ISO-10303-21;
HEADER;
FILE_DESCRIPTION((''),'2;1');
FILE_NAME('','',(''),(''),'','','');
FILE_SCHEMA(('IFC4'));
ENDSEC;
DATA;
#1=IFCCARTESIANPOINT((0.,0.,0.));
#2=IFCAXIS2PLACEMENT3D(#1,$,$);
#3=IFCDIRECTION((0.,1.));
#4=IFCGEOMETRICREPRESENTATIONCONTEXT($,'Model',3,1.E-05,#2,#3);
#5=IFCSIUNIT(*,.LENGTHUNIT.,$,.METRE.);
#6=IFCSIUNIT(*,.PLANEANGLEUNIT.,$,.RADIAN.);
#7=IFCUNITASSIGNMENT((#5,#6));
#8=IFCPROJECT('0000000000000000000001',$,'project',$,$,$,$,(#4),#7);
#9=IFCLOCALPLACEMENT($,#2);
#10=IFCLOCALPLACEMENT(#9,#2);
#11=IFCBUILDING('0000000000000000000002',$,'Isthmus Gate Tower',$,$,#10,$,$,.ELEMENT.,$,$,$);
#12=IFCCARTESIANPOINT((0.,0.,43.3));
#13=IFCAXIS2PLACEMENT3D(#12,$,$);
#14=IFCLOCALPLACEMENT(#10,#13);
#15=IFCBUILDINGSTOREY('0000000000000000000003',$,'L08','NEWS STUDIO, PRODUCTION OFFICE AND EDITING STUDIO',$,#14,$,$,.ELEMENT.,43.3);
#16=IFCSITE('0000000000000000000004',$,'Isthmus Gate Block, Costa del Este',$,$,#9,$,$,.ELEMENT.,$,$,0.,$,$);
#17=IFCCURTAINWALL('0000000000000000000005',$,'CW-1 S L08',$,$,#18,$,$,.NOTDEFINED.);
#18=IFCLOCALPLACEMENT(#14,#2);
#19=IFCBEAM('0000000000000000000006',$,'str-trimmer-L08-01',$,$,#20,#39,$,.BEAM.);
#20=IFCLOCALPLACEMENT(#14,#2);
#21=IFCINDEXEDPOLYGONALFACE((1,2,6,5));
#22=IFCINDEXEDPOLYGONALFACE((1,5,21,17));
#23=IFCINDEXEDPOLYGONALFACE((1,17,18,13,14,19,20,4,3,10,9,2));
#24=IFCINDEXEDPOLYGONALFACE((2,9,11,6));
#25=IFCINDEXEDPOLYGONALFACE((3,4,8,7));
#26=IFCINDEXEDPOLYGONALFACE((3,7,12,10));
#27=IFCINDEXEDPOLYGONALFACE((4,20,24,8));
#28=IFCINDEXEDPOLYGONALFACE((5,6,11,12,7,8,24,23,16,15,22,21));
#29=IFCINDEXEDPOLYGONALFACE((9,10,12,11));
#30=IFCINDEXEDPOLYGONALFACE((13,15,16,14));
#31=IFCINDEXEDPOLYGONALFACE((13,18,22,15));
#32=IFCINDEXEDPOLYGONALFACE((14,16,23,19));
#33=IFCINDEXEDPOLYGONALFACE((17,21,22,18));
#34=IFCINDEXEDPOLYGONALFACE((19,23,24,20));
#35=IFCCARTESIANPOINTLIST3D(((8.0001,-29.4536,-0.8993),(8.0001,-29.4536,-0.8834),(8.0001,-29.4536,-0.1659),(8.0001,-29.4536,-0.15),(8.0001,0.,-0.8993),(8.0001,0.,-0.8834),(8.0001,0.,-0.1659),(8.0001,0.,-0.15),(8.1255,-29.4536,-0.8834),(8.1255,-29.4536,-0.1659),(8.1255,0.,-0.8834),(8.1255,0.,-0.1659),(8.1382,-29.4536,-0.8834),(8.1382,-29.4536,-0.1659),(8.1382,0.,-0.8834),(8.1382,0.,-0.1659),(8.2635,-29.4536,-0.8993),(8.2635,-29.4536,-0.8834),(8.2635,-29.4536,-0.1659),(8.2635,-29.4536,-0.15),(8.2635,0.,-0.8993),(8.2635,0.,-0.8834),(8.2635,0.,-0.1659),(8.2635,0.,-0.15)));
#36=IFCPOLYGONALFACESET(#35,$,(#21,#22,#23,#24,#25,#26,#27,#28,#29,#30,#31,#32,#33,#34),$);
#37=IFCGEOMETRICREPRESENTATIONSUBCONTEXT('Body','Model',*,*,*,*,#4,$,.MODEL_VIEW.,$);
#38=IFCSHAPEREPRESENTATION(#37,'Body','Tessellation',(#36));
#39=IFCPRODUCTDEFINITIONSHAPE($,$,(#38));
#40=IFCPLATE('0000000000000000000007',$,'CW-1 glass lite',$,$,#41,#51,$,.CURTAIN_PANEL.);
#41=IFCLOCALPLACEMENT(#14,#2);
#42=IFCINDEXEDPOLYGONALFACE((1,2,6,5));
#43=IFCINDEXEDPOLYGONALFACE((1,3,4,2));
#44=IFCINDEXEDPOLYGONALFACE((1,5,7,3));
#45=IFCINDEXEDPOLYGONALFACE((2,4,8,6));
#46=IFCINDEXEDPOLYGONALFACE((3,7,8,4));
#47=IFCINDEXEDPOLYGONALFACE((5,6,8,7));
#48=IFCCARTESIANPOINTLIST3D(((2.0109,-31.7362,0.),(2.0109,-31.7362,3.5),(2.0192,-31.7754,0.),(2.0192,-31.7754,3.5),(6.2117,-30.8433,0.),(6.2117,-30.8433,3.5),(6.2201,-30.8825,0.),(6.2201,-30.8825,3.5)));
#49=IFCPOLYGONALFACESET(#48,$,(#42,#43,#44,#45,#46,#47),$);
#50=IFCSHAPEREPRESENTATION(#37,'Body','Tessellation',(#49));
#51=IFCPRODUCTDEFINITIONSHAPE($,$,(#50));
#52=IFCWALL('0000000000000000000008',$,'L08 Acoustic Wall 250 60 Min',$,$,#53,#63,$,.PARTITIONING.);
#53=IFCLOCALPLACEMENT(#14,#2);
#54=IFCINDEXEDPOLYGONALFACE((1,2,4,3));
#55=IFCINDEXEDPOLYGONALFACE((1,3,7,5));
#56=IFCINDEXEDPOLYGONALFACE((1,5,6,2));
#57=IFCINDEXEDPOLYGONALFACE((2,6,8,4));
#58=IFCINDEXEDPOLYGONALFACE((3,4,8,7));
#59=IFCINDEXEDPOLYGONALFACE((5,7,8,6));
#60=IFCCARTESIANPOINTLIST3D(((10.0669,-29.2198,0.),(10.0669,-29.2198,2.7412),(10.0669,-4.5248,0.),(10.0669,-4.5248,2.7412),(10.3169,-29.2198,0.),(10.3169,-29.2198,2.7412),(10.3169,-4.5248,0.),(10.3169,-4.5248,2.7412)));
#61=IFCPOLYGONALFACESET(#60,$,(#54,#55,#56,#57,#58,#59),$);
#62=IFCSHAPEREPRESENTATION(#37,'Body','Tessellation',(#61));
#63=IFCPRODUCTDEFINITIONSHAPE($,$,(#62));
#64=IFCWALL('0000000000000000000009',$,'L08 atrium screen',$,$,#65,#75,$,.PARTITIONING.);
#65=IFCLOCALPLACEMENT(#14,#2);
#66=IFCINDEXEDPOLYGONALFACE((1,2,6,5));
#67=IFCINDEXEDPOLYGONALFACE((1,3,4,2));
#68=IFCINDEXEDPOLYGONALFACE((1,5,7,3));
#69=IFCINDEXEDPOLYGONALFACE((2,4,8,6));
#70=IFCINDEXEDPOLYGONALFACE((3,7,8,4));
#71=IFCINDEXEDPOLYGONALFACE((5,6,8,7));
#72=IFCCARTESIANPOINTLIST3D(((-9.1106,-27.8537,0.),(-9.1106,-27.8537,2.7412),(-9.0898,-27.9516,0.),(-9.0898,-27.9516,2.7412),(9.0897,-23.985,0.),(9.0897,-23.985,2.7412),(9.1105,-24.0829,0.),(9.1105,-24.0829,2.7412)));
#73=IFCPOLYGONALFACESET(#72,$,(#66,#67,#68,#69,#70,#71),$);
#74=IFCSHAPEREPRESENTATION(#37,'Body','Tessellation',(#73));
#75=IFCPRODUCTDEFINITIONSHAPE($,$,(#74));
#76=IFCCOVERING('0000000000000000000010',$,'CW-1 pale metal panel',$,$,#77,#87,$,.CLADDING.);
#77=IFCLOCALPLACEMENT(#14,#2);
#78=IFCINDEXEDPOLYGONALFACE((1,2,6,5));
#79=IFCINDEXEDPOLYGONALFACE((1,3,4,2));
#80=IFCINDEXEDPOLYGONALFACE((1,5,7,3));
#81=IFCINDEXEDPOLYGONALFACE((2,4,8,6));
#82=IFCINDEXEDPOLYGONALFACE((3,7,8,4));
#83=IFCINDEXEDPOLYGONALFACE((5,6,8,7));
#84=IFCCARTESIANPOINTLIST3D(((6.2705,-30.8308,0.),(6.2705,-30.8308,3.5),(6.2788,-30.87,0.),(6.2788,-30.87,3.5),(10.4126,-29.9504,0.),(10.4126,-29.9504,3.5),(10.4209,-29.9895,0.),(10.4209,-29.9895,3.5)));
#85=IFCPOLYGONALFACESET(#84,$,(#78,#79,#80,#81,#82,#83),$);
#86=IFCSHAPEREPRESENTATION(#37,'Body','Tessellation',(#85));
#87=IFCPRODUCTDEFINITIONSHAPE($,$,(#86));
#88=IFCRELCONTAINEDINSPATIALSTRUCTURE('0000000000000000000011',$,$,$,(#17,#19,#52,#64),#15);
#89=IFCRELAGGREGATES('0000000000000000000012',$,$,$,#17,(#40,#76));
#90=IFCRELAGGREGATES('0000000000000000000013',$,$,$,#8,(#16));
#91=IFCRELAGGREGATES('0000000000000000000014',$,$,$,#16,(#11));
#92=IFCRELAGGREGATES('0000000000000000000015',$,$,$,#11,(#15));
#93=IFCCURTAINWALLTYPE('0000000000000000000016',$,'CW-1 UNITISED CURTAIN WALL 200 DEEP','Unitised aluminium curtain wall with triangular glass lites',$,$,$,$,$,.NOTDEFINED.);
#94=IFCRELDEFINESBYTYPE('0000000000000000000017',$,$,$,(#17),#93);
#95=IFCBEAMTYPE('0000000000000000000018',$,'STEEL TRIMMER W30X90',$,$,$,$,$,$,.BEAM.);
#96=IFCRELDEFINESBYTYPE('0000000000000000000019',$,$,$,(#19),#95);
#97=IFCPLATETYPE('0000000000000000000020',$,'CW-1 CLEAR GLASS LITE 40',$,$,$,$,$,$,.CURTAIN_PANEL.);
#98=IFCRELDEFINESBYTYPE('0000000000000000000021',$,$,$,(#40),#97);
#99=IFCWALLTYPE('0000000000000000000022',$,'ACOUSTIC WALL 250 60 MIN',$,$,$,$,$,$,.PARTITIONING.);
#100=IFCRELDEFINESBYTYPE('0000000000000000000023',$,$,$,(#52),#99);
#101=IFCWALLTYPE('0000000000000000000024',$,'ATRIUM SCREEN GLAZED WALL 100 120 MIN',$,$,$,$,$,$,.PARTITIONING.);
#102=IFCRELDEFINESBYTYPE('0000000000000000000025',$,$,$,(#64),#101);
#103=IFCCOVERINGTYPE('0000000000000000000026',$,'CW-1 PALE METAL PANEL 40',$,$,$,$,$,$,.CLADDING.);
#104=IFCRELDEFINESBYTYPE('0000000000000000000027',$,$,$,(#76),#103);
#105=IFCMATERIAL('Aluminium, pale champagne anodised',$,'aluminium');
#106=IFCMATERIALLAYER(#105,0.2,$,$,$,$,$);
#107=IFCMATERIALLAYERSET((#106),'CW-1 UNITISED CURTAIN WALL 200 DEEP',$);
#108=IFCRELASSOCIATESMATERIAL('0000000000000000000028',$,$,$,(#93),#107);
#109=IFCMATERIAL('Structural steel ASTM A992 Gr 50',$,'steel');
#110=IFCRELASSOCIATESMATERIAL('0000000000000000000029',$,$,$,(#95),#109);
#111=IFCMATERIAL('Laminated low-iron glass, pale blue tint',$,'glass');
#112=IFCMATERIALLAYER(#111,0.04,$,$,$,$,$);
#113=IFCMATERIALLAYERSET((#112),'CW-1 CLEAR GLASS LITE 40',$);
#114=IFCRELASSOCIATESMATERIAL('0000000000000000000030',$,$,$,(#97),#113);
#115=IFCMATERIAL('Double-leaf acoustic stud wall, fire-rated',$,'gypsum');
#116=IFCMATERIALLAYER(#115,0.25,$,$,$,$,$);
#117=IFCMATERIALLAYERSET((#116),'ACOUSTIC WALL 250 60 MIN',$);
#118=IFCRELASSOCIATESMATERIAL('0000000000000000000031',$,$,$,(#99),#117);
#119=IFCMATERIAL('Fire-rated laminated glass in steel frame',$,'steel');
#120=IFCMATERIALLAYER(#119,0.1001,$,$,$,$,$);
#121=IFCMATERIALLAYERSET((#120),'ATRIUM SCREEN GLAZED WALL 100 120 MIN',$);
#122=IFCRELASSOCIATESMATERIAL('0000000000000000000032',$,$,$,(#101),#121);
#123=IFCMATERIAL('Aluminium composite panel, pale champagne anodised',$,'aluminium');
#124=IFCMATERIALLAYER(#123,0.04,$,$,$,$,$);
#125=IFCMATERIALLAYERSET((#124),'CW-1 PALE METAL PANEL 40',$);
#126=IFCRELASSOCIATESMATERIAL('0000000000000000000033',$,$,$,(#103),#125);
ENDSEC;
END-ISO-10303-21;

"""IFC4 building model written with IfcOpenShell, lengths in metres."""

from ifc_helpers import new_model, si_unit, direction, frame, frame_2d, origin, origin_2d, place, context, subcontext, project, spatial, rectangle, i_section, extrude, material, layer, layer_set, material_profile, profile_set, type_object, element, aggregate, save


model = new_model("IFC4")

# Units and contexts
model_context = context("Model", 3, precision=1e-05, world=origin(), true_north=direction((0.0, 1.0)))
body_context = subcontext(model_context, "Body", "Model", "MODEL_VIEW")
ifc_project = project(units=[si_unit("LENGTHUNIT", "METRE"), si_unit("PLANEANGLEUNIT", "RADIAN")], contexts=[model_context])

# Site, building, storey
site_placement = place(None, origin())
site = spatial("IfcSite", under=ifc_project, at=site_placement, Name="Isthmus Gate Block, Costa del Este", CompositionType="ELEMENT", RefElevation=0.0)
building_placement = place(site_placement, origin())
building = spatial("IfcBuilding", under=site, at=building_placement, Name="Isthmus Gate Tower", CompositionType="ELEMENT")
storey_placement = place(building_placement, frame((0.0, 0.0, 43.3)))
storey = spatial("IfcBuildingStorey", under=building, at=storey_placement, Name="L08", Description="NEWS STUDIO, PRODUCTION OFFICE AND EDITING STUDIO", CompositionType="ELEMENT", Elevation=43.3)

# Curtain wall
ifc_material_1 = material(Name="Aluminium, pale champagne anodised", Category="aluminium")
ifc_layer_1 = layer(ifc_material_1, 0.2)
ifc_layer_set_1 = layer_set([ifc_layer_1], Name="CW-1 UNITISED CURTAIN WALL 200 DEEP")
curtain_wall_type = type_object("IfcCurtainWallType", Name="CW-1 UNITISED CURTAIN WALL 200 DEEP", Description="Unitised aluminium curtain wall with triangular glass lites", PredefinedType="NOTDEFINED", material=ifc_layer_set_1)
curtain_wall_placement = place(storey_placement, origin())
curtain_wall = element("IfcCurtainWall", 1, at=curtain_wall_placement, inside=storey, type_object=curtain_wall_type, Name="CW-1 S L08", PredefinedType="NOTDEFINED")

# Beam
ifc_material_2 = material(Name="Structural steel ASTM A992 Gr 50", Category="steel")
ifc_material_profile_1 = material_profile(ifc_material_2, i_section(OverallWidth=0.2634, OverallDepth=0.7493, WebThickness=0.0127, FlangeThickness=0.0159, at=origin_2d()), Name="W30X90")
ifc_profile_set_1 = profile_set([ifc_material_profile_1], Name="Structural steel ASTM A992 Gr 50")
beam_type_1 = type_object("IfcBeamType", Name="STEEL TRIMMER W30X90", PredefinedType="BEAM", material=ifc_profile_set_1)
beam_1_placement = place(storey_placement, frame((8.1318, -29.4536, -0.5247), z_axis=(0.0, 1.0, 0.0), x_axis=(-1.0, 0.0, 0.0)))
element("IfcBeam", 2, at=beam_1_placement, inside=storey, type_object=beam_type_1, Name="str-trimmer-L08-01", PredefinedType="BEAM", context=body_context, shape_type="SweptSolid", body=[
    extrude(i_section(OverallWidth=0.2634, OverallDepth=0.7493, WebThickness=0.0127, FlangeThickness=0.0159, at=origin_2d()), origin(), (0.0, 0.0, 1.0), 29.4536),
])

# Plate
ifc_material_3 = material(Name="Laminated low-iron glass, pale blue tint", Category="glass")
ifc_layer_2 = layer(ifc_material_3, 0.04)
ifc_layer_set_2 = layer_set([ifc_layer_2], Name="CW-1 CLEAR GLASS LITE 40")
plate_type = type_object("IfcPlateType", Name="CW-1 CLEAR GLASS LITE 40", PredefinedType="CURTAIN_PANEL", material=ifc_layer_set_2)
plate_placement = place(storey_placement, frame((4.1155, -31.3093, 0.0), z_axis=(0.0, 0.0, 1.0), x_axis=(0.978148, 0.207912, 0.0)))
plate = element("IfcPlate", 3, at=plate_placement, type_object=plate_type, Name="CW-1 glass lite", PredefinedType="CURTAIN_PANEL", context=body_context, shape_type="SweptSolid", body=[
    extrude(rectangle(XDim=4.2947, YDim=0.04, at=origin_2d()), origin(), (0.0, 0.0, 1.0), 3.5),
])

# Walls
ifc_material_4 = material(Name="Double-leaf acoustic stud wall, fire-rated", Category="gypsum")
ifc_layer_3 = layer(ifc_material_4, 0.25)
ifc_layer_set_3 = layer_set([ifc_layer_3], Name="ACOUSTIC WALL 250 60 MIN")
wall_type_1 = type_object("IfcWallType", Name="ACOUSTIC WALL 250 60 MIN", PredefinedType="PARTITIONING", material=ifc_layer_set_3)
wall_1_placement = place(storey_placement, frame((10.1919, -29.22, 0.0), z_axis=(0.0, 0.0, 1.0), x_axis=(0.0, 1.0, 0.0)))
element("IfcWall", 4, at=wall_1_placement, inside=storey, type_object=wall_type_1, Name="L08 Acoustic Wall 250 60 Min", PredefinedType="PARTITIONING", context=body_context, shape_type="SweptSolid", body=[
    extrude(rectangle(XDim=24.6951, YDim=0.25, at=frame_2d((12.3477, 0.0))), origin(), (0.0, 0.0, 1.0), 2.7412),
])
ifc_material_5 = material(Name="Fire-rated laminated glass in steel frame", Category="steel")
ifc_layer_4 = layer(ifc_material_5, 0.1001)
ifc_layer_set_4 = layer_set([ifc_layer_4], Name="ATRIUM SCREEN GLAZED WALL 100 120 MIN")
wall_type_2 = type_object("IfcWallType", Name="ATRIUM SCREEN GLAZED WALL 100 120 MIN", PredefinedType="PARTITIONING", material=ifc_layer_set_4)
wall_2_placement = place(storey_placement, frame((9.1001, -24.0339, 0.0), z_axis=(0.0, 0.0, 1.0), x_axis=(-0.978147, -0.207916, 0.0)))
element("IfcWall", 5, at=wall_2_placement, inside=storey, type_object=wall_type_2, Name="L08 atrium screen", PredefinedType="PARTITIONING", context=body_context, shape_type="SweptSolid", body=[
    extrude(rectangle(XDim=18.6069, YDim=0.1001, at=frame_2d((9.3035, 0.0))), origin(), (0.0, 0.0, 1.0), 2.7412),
])

# Covering
ifc_material_6 = material(Name="Aluminium composite panel, pale champagne anodised", Category="aluminium")
ifc_layer_5 = layer(ifc_material_6, 0.04)
ifc_layer_set_5 = layer_set([ifc_layer_5], Name="CW-1 PALE METAL PANEL 40")
covering_type = type_object("IfcCoveringType", Name="CW-1 PALE METAL PANEL 40", PredefinedType="CLADDING", material=ifc_layer_set_5)
covering_placement = place(storey_placement, frame((8.3457, -30.4102, 0.0), z_axis=(0.0, 0.0, 1.0), x_axis=(0.978148, 0.207912, 0.0)))
covering = element("IfcCovering", 6, at=covering_placement, type_object=covering_type, Name="CW-1 pale metal panel", PredefinedType="CLADDING", context=body_context, shape_type="SweptSolid", body=[
    extrude(rectangle(XDim=4.2346, YDim=0.04, at=origin_2d()), origin(), (0.0, 0.0, 1.0), 3.5),
])
aggregate(curtain_wall, [plate, covering])

save(model, "model.ifc")
